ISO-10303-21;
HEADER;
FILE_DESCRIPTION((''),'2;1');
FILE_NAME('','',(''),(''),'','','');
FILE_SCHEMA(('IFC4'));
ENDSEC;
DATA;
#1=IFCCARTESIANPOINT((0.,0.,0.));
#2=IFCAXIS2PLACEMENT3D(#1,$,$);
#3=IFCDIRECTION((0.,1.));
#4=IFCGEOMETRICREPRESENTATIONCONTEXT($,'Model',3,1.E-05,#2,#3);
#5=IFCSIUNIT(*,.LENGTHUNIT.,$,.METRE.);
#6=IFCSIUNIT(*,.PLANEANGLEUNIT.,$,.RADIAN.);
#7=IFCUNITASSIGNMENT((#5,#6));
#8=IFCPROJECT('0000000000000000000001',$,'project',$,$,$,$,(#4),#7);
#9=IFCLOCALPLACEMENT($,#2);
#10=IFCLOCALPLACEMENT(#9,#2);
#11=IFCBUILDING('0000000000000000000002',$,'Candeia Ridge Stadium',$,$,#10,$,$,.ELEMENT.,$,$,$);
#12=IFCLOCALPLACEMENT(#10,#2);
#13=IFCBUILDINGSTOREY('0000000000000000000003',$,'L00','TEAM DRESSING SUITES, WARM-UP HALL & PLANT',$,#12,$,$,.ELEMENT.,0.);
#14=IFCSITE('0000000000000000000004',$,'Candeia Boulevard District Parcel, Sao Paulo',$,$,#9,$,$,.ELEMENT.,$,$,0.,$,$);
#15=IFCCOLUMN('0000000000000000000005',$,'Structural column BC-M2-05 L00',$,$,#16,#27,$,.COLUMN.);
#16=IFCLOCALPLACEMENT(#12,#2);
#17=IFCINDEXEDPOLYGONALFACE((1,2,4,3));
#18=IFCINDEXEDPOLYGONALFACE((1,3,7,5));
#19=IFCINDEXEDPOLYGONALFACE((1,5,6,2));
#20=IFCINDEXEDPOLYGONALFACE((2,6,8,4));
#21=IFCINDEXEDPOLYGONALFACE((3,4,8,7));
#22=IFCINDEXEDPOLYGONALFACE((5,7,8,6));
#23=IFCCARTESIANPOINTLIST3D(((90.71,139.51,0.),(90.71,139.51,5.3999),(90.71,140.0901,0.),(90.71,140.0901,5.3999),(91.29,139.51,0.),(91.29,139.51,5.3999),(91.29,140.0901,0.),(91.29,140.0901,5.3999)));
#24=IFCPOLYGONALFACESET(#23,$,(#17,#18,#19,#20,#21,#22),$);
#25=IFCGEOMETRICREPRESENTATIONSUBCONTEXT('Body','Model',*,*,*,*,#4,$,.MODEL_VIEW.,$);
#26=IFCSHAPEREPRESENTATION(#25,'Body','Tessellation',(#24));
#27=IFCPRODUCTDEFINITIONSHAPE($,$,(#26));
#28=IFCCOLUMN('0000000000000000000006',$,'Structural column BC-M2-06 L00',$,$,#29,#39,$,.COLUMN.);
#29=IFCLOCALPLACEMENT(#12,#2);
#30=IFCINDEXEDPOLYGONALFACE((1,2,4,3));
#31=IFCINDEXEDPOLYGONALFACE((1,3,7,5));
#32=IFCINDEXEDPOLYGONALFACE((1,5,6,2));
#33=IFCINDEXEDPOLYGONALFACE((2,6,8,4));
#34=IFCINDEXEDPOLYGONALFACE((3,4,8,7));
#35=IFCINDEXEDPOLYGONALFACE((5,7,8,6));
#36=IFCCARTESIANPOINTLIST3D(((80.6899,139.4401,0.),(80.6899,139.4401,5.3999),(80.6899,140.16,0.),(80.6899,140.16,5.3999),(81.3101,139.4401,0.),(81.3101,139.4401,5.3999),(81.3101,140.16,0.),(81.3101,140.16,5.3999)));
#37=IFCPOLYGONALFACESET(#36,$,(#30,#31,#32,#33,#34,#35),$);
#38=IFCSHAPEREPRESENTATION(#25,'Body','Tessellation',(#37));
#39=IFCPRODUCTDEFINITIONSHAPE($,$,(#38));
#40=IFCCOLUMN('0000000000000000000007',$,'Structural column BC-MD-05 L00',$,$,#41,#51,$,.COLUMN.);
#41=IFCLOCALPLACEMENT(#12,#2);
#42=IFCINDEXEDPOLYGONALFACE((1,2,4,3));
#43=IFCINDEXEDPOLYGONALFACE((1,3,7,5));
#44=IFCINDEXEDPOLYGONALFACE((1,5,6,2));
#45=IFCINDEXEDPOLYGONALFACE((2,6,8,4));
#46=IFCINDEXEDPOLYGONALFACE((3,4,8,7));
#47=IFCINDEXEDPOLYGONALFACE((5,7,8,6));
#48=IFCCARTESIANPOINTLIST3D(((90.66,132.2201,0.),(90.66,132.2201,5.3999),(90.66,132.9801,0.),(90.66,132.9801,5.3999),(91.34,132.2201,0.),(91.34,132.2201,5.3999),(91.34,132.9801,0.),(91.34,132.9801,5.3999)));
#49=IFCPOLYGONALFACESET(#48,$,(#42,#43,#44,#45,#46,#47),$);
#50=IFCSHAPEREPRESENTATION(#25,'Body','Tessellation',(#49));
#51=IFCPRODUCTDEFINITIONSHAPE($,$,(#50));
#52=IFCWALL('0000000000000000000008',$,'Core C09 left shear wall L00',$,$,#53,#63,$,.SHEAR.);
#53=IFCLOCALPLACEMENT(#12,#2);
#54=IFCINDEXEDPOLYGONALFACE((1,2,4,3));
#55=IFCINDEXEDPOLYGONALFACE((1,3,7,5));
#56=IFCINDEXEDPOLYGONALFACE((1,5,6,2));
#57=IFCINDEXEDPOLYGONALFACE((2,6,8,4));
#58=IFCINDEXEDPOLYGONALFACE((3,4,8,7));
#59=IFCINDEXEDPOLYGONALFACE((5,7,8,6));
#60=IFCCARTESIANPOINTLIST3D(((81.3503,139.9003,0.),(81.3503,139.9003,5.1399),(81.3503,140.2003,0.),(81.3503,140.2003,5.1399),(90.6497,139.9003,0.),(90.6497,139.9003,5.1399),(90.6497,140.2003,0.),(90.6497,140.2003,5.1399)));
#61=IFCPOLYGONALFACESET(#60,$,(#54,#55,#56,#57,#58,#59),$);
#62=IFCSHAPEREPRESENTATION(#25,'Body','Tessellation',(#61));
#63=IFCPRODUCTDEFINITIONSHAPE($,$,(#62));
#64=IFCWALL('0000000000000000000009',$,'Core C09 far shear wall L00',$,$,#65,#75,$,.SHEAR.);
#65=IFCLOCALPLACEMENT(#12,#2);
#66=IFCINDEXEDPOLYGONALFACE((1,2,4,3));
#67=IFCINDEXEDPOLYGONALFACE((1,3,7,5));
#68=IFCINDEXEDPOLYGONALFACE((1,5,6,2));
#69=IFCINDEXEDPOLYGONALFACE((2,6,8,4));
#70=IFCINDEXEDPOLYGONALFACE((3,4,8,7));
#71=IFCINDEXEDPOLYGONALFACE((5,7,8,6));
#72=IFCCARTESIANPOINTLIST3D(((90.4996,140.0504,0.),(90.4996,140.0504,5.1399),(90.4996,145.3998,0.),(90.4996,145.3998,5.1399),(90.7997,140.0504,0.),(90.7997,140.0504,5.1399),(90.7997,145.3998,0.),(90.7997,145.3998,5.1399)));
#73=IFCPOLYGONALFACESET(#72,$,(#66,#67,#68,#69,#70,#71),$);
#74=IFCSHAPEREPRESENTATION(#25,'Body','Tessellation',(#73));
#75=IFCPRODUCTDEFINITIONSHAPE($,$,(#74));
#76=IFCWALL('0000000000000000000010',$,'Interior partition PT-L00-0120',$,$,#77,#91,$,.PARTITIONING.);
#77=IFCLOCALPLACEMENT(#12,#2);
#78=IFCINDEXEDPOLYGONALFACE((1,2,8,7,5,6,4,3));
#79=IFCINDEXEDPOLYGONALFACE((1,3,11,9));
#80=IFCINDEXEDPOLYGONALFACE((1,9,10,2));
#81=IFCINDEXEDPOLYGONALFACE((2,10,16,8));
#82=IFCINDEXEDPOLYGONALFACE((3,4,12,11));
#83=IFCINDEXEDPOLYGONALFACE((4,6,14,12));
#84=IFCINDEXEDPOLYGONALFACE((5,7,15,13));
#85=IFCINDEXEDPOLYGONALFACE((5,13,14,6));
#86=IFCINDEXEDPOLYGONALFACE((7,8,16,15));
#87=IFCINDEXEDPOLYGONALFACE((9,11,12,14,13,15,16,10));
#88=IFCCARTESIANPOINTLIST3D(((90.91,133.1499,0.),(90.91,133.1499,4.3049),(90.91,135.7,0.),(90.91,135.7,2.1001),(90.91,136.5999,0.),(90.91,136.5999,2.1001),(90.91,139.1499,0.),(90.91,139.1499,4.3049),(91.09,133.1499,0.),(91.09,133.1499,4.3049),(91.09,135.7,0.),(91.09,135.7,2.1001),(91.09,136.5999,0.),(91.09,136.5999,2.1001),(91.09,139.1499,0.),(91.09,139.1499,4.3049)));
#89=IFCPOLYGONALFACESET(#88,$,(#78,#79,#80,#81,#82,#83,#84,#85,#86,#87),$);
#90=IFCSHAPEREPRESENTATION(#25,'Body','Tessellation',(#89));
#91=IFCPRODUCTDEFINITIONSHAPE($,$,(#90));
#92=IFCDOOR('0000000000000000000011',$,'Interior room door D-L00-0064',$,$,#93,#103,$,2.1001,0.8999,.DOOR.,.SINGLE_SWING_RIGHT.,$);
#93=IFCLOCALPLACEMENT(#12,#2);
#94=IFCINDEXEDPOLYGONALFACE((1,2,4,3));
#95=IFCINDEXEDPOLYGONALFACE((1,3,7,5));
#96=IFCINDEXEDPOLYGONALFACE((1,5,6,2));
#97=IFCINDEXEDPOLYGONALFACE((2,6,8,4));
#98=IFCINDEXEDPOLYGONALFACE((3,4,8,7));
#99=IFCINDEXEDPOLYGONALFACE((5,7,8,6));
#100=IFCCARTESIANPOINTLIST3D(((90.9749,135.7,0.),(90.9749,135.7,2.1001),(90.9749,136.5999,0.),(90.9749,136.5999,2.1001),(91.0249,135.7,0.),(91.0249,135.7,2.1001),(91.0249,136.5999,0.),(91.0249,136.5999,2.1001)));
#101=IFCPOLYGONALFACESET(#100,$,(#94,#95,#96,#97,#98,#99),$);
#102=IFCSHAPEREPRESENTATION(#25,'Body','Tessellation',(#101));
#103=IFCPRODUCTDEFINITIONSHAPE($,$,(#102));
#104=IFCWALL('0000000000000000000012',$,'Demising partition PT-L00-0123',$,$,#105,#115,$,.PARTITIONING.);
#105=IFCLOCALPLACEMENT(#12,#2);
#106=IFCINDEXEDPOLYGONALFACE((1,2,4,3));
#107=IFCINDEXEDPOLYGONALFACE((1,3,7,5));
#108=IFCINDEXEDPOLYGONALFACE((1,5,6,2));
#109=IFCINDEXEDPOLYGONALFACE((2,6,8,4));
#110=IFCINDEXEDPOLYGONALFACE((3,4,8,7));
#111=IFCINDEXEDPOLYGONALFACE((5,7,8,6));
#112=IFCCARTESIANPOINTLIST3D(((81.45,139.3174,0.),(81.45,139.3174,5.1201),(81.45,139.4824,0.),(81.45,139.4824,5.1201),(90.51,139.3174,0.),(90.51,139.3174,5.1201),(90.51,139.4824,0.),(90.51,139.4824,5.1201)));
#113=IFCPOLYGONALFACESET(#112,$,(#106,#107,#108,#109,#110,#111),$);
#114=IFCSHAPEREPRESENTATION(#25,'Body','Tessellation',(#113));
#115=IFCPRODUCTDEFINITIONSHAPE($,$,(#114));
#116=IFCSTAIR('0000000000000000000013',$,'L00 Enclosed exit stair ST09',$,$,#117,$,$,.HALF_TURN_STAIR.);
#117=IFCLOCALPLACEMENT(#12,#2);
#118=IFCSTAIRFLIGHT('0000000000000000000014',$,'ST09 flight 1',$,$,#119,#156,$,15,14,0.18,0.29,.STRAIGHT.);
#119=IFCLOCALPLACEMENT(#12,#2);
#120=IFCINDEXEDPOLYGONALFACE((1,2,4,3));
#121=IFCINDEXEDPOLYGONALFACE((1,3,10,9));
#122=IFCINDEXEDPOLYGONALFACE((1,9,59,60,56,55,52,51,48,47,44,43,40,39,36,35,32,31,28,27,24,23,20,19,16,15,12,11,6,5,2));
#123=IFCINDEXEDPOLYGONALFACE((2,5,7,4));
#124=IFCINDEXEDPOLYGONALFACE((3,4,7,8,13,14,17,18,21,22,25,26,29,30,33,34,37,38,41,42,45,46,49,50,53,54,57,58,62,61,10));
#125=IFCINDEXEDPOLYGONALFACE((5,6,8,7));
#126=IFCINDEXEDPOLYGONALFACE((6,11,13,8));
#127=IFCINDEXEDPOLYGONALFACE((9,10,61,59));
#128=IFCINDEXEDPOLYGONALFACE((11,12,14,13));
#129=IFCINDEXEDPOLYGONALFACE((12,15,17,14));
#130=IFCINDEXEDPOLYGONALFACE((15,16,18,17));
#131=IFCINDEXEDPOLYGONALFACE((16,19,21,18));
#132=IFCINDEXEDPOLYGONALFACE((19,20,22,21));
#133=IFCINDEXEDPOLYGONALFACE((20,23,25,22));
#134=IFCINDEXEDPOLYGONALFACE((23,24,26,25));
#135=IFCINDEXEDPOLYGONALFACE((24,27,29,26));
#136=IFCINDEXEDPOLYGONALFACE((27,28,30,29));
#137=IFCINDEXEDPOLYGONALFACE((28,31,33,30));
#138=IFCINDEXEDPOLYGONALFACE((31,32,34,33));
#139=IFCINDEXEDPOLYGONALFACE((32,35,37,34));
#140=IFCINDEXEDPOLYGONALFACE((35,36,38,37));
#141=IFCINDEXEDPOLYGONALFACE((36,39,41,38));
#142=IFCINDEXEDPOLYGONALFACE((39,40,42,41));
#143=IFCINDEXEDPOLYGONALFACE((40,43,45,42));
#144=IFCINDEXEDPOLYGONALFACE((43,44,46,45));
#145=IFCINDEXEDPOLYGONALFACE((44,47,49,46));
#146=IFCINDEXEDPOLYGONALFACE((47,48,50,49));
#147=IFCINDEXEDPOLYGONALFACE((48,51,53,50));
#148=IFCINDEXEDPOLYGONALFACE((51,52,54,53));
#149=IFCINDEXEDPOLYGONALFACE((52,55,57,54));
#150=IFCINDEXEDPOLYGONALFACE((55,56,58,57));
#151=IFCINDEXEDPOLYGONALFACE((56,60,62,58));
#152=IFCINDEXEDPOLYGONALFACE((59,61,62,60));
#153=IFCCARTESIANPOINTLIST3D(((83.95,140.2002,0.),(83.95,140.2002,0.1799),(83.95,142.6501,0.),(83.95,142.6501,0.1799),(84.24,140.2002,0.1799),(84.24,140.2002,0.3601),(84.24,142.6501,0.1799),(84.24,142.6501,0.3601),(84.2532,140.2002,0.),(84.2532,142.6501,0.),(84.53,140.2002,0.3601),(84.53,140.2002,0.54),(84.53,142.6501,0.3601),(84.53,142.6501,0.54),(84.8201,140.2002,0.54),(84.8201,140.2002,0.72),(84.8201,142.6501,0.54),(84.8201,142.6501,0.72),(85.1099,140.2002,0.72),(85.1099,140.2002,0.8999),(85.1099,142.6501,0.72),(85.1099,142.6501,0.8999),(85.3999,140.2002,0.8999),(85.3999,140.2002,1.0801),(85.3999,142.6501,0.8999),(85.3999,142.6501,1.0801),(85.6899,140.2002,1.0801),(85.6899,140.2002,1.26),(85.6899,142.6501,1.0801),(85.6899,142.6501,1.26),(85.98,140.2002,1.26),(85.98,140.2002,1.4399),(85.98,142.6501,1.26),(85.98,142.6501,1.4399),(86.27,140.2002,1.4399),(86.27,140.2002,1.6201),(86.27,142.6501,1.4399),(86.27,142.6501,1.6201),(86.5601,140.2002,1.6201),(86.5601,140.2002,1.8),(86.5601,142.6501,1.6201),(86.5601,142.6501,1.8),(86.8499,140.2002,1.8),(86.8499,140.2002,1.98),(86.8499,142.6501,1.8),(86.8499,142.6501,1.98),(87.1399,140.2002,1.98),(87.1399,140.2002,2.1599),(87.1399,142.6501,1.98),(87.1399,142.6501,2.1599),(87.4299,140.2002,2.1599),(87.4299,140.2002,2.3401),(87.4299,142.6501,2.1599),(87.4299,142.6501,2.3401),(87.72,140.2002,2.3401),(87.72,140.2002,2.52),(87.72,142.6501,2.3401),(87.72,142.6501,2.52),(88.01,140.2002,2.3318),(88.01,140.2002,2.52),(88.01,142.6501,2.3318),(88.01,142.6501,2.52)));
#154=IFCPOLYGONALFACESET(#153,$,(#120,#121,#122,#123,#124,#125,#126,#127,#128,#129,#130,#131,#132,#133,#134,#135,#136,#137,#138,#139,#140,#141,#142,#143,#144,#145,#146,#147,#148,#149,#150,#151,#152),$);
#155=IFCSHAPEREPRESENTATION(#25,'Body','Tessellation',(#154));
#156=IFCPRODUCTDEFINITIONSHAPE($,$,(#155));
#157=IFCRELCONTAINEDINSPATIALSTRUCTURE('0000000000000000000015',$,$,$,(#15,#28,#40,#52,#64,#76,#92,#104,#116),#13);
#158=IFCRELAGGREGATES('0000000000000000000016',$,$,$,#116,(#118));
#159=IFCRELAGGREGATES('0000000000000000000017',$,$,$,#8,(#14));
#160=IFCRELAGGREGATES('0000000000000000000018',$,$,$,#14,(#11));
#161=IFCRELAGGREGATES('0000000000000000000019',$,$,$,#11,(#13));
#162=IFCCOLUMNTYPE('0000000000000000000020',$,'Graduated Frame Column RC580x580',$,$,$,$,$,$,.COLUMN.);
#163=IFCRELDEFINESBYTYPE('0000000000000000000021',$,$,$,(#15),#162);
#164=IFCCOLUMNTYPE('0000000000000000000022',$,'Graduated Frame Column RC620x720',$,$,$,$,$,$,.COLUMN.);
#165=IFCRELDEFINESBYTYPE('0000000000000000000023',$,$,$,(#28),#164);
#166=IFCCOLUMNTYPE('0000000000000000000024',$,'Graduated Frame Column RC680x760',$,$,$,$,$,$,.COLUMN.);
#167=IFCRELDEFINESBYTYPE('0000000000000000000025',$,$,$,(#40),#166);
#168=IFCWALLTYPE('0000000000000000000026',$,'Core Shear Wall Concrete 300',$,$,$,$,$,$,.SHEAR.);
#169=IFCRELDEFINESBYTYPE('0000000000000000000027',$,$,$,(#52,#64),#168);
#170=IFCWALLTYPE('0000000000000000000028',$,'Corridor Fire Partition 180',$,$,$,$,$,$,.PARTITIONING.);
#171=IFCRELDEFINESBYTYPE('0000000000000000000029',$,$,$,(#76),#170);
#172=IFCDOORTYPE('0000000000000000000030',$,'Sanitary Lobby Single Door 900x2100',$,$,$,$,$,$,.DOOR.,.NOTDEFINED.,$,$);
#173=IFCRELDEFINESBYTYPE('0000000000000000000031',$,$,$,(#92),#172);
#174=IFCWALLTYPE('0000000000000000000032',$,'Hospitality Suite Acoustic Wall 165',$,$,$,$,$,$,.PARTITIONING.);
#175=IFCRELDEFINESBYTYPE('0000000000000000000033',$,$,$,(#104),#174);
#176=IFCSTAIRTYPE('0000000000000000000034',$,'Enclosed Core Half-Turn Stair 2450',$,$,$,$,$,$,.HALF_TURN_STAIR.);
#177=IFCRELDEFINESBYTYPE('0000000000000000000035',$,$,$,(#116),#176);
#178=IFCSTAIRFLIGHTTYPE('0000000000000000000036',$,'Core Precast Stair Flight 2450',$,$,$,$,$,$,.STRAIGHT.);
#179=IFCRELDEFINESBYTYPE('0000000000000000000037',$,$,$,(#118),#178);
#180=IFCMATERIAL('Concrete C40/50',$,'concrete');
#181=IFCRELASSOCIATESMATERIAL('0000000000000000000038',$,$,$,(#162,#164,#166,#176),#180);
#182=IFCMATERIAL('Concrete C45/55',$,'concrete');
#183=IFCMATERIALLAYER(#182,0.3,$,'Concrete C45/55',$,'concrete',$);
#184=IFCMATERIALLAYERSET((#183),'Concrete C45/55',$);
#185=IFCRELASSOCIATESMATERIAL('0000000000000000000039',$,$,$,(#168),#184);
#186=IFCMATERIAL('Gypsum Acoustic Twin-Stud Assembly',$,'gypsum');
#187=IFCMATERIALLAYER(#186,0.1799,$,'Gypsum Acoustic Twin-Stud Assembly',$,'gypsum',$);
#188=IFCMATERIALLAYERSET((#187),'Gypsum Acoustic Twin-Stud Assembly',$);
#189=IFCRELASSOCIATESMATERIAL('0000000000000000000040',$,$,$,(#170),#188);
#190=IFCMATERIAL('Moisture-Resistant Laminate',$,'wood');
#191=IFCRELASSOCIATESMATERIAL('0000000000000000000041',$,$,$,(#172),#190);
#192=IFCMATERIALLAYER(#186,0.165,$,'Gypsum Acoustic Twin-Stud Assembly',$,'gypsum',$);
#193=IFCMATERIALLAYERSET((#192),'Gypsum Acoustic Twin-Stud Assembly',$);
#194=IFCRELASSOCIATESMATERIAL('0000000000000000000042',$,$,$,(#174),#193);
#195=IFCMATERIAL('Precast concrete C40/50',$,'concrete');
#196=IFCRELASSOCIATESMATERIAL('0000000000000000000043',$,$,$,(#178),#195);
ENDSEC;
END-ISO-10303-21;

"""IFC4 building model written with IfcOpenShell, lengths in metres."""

from ifc_helpers import new_model, si_unit, direction, frame, frame_2d, origin, origin_2d, place, context, subcontext, project, spatial, polyline, rectangle, outline, extrude, material, layer, layer_set, material_profile, profile_set, type_object, element, fill, aggregate, save


model = new_model("IFC4")

# Units and contexts
model_context = context("Model", 3, precision=1e-05, world=origin(), true_north=direction((0.0, 1.0)))
body_context = subcontext(model_context, "Body", "Model", "MODEL_VIEW")
ifc_project = project(units=[si_unit("LENGTHUNIT", "METRE"), si_unit("PLANEANGLEUNIT", "RADIAN")], contexts=[model_context])

# Site, building, storey
site_placement = place(None, origin())
site = spatial("IfcSite", under=ifc_project, at=site_placement, Name="Candeia Boulevard District Parcel, Sao Paulo", CompositionType="ELEMENT", RefElevation=0.0)
building_placement = place(site_placement, origin())
building = spatial("IfcBuilding", under=site, at=building_placement, Name="Candeia Ridge Stadium", CompositionType="ELEMENT")
storey_placement = place(building_placement, origin())
storey = spatial("IfcBuildingStorey", under=building, at=storey_placement, Name="L00", Description="TEAM DRESSING SUITES, WARM-UP HALL & PLANT", CompositionType="ELEMENT", Elevation=0.0)

# Shared definitions
ifc_material_1 = material(Name="Concrete C40/50", Category="concrete")

# Columns
ifc_material_profile_1 = material_profile(ifc_material_1, rectangle(XDim=0.5801, YDim=0.5801, at=origin_2d()), Name="RC580x580", Category="concrete")
ifc_profile_set_1 = profile_set([ifc_material_profile_1], Name="Concrete C40/50")
column_type_1 = type_object("IfcColumnType", Name="Graduated Frame Column RC580x580", PredefinedType="COLUMN", material=ifc_profile_set_1)
column_1_placement = place(storey_placement, frame((91.0, 139.8, 0.0), z_axis=(0.0, 0.0, 1.0), x_axis=(1.0, 0.0, 0.0)))
element("IfcColumn", 1, at=column_1_placement, inside=storey, type_object=column_type_1, Name="Structural column BC-M2-05 L00", PredefinedType="COLUMN", context=body_context, shape_type="SweptSolid", body=[
    extrude(rectangle(XDim=0.5801, YDim=0.5801, at=origin_2d()), origin(), (0.0, 0.0, 1.0), 5.3999),
])
ifc_material_profile_2 = material_profile(ifc_material_1, rectangle(XDim=0.6201, YDim=0.72, at=origin_2d()), Name="RC620x720", Category="concrete")
ifc_profile_set_2 = profile_set([ifc_material_profile_2], Name="Concrete C40/50")
column_type_2 = type_object("IfcColumnType", Name="Graduated Frame Column RC620x720", PredefinedType="COLUMN", material=ifc_profile_set_2)
column_2_placement = place(storey_placement, frame((81.0, 139.8, 0.0), z_axis=(0.0, 0.0, 1.0), x_axis=(1.0, 0.0, 0.0)))
element("IfcColumn", 2, at=column_2_placement, inside=storey, type_object=column_type_2, Name="Structural column BC-M2-06 L00", PredefinedType="COLUMN", context=body_context, shape_type="SweptSolid", body=[
    extrude(rectangle(XDim=0.6201, YDim=0.72, at=origin_2d()), origin(), (0.0, 0.0, 1.0), 5.3999),
])
ifc_material_profile_3 = material_profile(ifc_material_1, rectangle(XDim=0.6799, YDim=0.76, at=origin_2d()), Name="RC680x760", Category="concrete")
ifc_profile_set_3 = profile_set([ifc_material_profile_3], Name="Concrete C40/50")
column_type_3 = type_object("IfcColumnType", Name="Graduated Frame Column RC680x760", PredefinedType="COLUMN", material=ifc_profile_set_3)
column_3_placement = place(storey_placement, frame((91.0, 132.6001, 0.0), z_axis=(0.0, 0.0, 1.0), x_axis=(1.0, 0.0, 0.0)))
element("IfcColumn", 3, at=column_3_placement, inside=storey, type_object=column_type_3, Name="Structural column BC-MD-05 L00", PredefinedType="COLUMN", context=body_context, shape_type="SweptSolid", body=[
    extrude(rectangle(XDim=0.6799, YDim=0.76, at=origin_2d()), origin(), (0.0, 0.0, 1.0), 5.3999),
])

# Walls
ifc_material_2 = material(Name="Concrete C45/55", Category="concrete")
ifc_layer_1 = layer(ifc_material_2, 0.3, Name="Concrete C45/55", Category="concrete")
ifc_layer_set_1 = layer_set([ifc_layer_1], Name="Concrete C45/55")
wall_type_1 = type_object("IfcWallType", Name="Core Shear Wall Concrete 300", PredefinedType="SHEAR", material=ifc_layer_set_1)
wall_1_placement = place(storey_placement, frame((81.3503, 140.0503, 0.0), z_axis=(0.0, 0.0, 1.0), x_axis=(1.0, 0.0, 0.0)))
element("IfcWall", 4, at=wall_1_placement, inside=storey, type_object=wall_type_1, Name="Core C09 left shear wall L00", PredefinedType="SHEAR", context=body_context, shape_type="SweptSolid", body=[
    extrude(rectangle(XDim=9.2993, YDim=0.3, at=frame_2d((4.6497, 0.0))), origin(), (0.0, 0.0, 1.0), 5.1399),
])
wall_2_placement = place(storey_placement, frame((90.6497, 140.0503, 0.0), z_axis=(0.0, 0.0, 1.0), x_axis=(0.0, 1.0, 0.0)))
element("IfcWall", 5, at=wall_2_placement, inside=storey, type_object=wall_type_1, Name="Core C09 far shear wall L00", PredefinedType="SHEAR", context=body_context, shape_type="SweptSolid", body=[
    extrude(rectangle(XDim=5.3494, YDim=0.3, at=frame_2d((2.6748, 0.0))), origin(), (0.0, 0.0, 1.0), 5.1399),
])

# Wall, opening, door
ifc_material_3 = material(Name="Gypsum Acoustic Twin-Stud Assembly", Category="gypsum")
ifc_layer_2 = layer(ifc_material_3, 0.1799, Name="Gypsum Acoustic Twin-Stud Assembly", Category="gypsum")
ifc_layer_set_2 = layer_set([ifc_layer_2], Name="Gypsum Acoustic Twin-Stud Assembly")
wall_type_2 = type_object("IfcWallType", Name="Corridor Fire Partition 180", PredefinedType="PARTITIONING", material=ifc_layer_set_2)
wall_3_placement = place(storey_placement, frame((91.0, 133.1499, 0.0), z_axis=(0.0, 0.0, 1.0), x_axis=(0.0, 1.0, 0.0)))
wall_3 = element("IfcWall", 6, at=wall_3_placement, inside=storey, type_object=wall_type_2, Name="Interior partition PT-L00-0120", PredefinedType="PARTITIONING", context=body_context, shape_type="SweptSolid", body=[
    extrude(rectangle(XDim=6.0, YDim=0.1799, at=frame_2d((3.0, 0.0))), origin(), (0.0, 0.0, 1.0), 4.3049),
])
opening_placement = place(wall_3_placement, frame((2.55, 0.0, 0.0)))
opening = element("IfcOpeningElement", 7, at=opening_placement, cuts=wall_3, PredefinedType="OPENING", context=body_context, shape_type="SweptSolid", body=[
    extrude(rectangle(XDim=0.8999, YDim=2.1001, at=frame_2d((0.45, 1.05))), frame((0.0, 0.0999, 0.0), z_axis=(0.0, -1.0, 0.0), x_axis=(1.0, 0.0, 0.0)), (0.0, 0.0, 1.0), 0.2),
])
ifc_material_4 = material(Name="Moisture-Resistant Laminate", Category="wood")
door_type = type_object("IfcDoorType", Name="Sanitary Lobby Single Door 900x2100", OperationType="NOTDEFINED", PredefinedType="DOOR", material=ifc_material_4)
door_placement = place(opening_placement, frame((0.8999, 0.0, 0.0), z_axis=(0.0, 0.0, 1.0), x_axis=(-1.0, 0.0, 0.0)))
door = element("IfcDoor", 8, at=door_placement, inside=storey, type_object=door_type, Name="Interior room door D-L00-0064", OperationType="SINGLE_SWING_RIGHT", OverallHeight=2.1001, OverallWidth=0.8999, PredefinedType="DOOR", context=body_context, shape_type="SweptSolid", body=[
    extrude(rectangle(XDim=0.8999, YDim=2.1001, at=frame_2d((0.45, 1.05))), frame((0.0, 0.0249, 0.0), z_axis=(0.0, -1.0, 0.0), x_axis=(1.0, 0.0, 0.0)), (0.0, 0.0, 1.0), 0.05),
])
fill(opening, door)

# Wall
ifc_layer_3 = layer(ifc_material_3, 0.165, Name="Gypsum Acoustic Twin-Stud Assembly", Category="gypsum")
ifc_layer_set_3 = layer_set([ifc_layer_3], Name="Gypsum Acoustic Twin-Stud Assembly")
wall_type_3 = type_object("IfcWallType", Name="Hospitality Suite Acoustic Wall 165", PredefinedType="PARTITIONING", material=ifc_layer_set_3)
wall_4_placement = place(storey_placement, frame((81.45, 139.3999, 0.0), z_axis=(0.0, 0.0, 1.0), x_axis=(1.0, 0.0, 0.0)))
element("IfcWall", 9, at=wall_4_placement, inside=storey, type_object=wall_type_3, Name="Demising partition PT-L00-0123", PredefinedType="PARTITIONING", context=body_context, shape_type="SweptSolid", body=[
    extrude(rectangle(XDim=9.0601, YDim=0.165, at=frame_2d((4.53, 0.0))), origin(), (0.0, 0.0, 1.0), 5.1201),
])

# Stair, stair flight
stair_type = type_object("IfcStairType", Name="Enclosed Core Half-Turn Stair 2450", PredefinedType="HALF_TURN_STAIR", material=ifc_material_1)
stair_placement = place(storey_placement, origin())
stair = element("IfcStair", 10, at=stair_placement, inside=storey, type_object=stair_type, Name="L00 Enclosed exit stair ST09", PredefinedType="HALF_TURN_STAIR")
ifc_material_5 = material(Name="Precast concrete C40/50", Category="concrete")
stair_flight_type = type_object("IfcStairFlightType", Name="Core Precast Stair Flight 2450", PredefinedType="STRAIGHT", material=ifc_material_5)
stair_flight_placement = place(storey_placement, frame((83.95, 141.425, 0.0), z_axis=(0.0, 0.0, 1.0), x_axis=(1.0, 0.0, 0.0)))
stair_flight = element("IfcStairFlight", 11, at=stair_flight_placement, type_object=stair_flight_type, Name="ST09 flight 1", NumberOfRisers=15, NumberOfTreads=14, PredefinedType="STRAIGHT", RiserHeight=0.18, TreadLength=0.29, context=body_context, shape_type="SweptSolid", body=[
    extrude(outline(polyline([(0.0, 0.0), (0.0, 0.1799), (0.29, 0.1799), (0.29, 0.3601), (0.5801, 0.3601), (0.5801, 0.54), (0.8701, 0.54), (0.8701, 0.72), (1.1599, 0.72), (1.1599, 0.8999), (1.45, 0.8999), (1.45, 1.0801), (1.74, 1.0801), (1.74, 1.26), (2.03, 1.26), (2.03, 1.4399), (2.3201, 1.4399), (2.3201, 1.6201), (2.6101, 1.6201), (2.6101, 1.8), (2.8999, 1.8), (2.8999, 1.98), (3.1899, 1.98), (3.1899, 2.1599), (3.48, 2.1599), (3.48, 2.3401), (3.77, 2.3401), (3.77, 2.52), (4.0601, 2.52), (4.0601, 2.7), (4.0601, 2.3318), (0.3032, 0.0), (0.0, 0.0)])), frame((0.0, 1.2251, 0.0), z_axis=(0.0, -1.0, 0.0), x_axis=(1.0, 0.0, 0.0)), (0.0, 0.0, 1.0), 2.45),
])
aggregate(stair, [stair_flight])

save(model, "model.ifc")
